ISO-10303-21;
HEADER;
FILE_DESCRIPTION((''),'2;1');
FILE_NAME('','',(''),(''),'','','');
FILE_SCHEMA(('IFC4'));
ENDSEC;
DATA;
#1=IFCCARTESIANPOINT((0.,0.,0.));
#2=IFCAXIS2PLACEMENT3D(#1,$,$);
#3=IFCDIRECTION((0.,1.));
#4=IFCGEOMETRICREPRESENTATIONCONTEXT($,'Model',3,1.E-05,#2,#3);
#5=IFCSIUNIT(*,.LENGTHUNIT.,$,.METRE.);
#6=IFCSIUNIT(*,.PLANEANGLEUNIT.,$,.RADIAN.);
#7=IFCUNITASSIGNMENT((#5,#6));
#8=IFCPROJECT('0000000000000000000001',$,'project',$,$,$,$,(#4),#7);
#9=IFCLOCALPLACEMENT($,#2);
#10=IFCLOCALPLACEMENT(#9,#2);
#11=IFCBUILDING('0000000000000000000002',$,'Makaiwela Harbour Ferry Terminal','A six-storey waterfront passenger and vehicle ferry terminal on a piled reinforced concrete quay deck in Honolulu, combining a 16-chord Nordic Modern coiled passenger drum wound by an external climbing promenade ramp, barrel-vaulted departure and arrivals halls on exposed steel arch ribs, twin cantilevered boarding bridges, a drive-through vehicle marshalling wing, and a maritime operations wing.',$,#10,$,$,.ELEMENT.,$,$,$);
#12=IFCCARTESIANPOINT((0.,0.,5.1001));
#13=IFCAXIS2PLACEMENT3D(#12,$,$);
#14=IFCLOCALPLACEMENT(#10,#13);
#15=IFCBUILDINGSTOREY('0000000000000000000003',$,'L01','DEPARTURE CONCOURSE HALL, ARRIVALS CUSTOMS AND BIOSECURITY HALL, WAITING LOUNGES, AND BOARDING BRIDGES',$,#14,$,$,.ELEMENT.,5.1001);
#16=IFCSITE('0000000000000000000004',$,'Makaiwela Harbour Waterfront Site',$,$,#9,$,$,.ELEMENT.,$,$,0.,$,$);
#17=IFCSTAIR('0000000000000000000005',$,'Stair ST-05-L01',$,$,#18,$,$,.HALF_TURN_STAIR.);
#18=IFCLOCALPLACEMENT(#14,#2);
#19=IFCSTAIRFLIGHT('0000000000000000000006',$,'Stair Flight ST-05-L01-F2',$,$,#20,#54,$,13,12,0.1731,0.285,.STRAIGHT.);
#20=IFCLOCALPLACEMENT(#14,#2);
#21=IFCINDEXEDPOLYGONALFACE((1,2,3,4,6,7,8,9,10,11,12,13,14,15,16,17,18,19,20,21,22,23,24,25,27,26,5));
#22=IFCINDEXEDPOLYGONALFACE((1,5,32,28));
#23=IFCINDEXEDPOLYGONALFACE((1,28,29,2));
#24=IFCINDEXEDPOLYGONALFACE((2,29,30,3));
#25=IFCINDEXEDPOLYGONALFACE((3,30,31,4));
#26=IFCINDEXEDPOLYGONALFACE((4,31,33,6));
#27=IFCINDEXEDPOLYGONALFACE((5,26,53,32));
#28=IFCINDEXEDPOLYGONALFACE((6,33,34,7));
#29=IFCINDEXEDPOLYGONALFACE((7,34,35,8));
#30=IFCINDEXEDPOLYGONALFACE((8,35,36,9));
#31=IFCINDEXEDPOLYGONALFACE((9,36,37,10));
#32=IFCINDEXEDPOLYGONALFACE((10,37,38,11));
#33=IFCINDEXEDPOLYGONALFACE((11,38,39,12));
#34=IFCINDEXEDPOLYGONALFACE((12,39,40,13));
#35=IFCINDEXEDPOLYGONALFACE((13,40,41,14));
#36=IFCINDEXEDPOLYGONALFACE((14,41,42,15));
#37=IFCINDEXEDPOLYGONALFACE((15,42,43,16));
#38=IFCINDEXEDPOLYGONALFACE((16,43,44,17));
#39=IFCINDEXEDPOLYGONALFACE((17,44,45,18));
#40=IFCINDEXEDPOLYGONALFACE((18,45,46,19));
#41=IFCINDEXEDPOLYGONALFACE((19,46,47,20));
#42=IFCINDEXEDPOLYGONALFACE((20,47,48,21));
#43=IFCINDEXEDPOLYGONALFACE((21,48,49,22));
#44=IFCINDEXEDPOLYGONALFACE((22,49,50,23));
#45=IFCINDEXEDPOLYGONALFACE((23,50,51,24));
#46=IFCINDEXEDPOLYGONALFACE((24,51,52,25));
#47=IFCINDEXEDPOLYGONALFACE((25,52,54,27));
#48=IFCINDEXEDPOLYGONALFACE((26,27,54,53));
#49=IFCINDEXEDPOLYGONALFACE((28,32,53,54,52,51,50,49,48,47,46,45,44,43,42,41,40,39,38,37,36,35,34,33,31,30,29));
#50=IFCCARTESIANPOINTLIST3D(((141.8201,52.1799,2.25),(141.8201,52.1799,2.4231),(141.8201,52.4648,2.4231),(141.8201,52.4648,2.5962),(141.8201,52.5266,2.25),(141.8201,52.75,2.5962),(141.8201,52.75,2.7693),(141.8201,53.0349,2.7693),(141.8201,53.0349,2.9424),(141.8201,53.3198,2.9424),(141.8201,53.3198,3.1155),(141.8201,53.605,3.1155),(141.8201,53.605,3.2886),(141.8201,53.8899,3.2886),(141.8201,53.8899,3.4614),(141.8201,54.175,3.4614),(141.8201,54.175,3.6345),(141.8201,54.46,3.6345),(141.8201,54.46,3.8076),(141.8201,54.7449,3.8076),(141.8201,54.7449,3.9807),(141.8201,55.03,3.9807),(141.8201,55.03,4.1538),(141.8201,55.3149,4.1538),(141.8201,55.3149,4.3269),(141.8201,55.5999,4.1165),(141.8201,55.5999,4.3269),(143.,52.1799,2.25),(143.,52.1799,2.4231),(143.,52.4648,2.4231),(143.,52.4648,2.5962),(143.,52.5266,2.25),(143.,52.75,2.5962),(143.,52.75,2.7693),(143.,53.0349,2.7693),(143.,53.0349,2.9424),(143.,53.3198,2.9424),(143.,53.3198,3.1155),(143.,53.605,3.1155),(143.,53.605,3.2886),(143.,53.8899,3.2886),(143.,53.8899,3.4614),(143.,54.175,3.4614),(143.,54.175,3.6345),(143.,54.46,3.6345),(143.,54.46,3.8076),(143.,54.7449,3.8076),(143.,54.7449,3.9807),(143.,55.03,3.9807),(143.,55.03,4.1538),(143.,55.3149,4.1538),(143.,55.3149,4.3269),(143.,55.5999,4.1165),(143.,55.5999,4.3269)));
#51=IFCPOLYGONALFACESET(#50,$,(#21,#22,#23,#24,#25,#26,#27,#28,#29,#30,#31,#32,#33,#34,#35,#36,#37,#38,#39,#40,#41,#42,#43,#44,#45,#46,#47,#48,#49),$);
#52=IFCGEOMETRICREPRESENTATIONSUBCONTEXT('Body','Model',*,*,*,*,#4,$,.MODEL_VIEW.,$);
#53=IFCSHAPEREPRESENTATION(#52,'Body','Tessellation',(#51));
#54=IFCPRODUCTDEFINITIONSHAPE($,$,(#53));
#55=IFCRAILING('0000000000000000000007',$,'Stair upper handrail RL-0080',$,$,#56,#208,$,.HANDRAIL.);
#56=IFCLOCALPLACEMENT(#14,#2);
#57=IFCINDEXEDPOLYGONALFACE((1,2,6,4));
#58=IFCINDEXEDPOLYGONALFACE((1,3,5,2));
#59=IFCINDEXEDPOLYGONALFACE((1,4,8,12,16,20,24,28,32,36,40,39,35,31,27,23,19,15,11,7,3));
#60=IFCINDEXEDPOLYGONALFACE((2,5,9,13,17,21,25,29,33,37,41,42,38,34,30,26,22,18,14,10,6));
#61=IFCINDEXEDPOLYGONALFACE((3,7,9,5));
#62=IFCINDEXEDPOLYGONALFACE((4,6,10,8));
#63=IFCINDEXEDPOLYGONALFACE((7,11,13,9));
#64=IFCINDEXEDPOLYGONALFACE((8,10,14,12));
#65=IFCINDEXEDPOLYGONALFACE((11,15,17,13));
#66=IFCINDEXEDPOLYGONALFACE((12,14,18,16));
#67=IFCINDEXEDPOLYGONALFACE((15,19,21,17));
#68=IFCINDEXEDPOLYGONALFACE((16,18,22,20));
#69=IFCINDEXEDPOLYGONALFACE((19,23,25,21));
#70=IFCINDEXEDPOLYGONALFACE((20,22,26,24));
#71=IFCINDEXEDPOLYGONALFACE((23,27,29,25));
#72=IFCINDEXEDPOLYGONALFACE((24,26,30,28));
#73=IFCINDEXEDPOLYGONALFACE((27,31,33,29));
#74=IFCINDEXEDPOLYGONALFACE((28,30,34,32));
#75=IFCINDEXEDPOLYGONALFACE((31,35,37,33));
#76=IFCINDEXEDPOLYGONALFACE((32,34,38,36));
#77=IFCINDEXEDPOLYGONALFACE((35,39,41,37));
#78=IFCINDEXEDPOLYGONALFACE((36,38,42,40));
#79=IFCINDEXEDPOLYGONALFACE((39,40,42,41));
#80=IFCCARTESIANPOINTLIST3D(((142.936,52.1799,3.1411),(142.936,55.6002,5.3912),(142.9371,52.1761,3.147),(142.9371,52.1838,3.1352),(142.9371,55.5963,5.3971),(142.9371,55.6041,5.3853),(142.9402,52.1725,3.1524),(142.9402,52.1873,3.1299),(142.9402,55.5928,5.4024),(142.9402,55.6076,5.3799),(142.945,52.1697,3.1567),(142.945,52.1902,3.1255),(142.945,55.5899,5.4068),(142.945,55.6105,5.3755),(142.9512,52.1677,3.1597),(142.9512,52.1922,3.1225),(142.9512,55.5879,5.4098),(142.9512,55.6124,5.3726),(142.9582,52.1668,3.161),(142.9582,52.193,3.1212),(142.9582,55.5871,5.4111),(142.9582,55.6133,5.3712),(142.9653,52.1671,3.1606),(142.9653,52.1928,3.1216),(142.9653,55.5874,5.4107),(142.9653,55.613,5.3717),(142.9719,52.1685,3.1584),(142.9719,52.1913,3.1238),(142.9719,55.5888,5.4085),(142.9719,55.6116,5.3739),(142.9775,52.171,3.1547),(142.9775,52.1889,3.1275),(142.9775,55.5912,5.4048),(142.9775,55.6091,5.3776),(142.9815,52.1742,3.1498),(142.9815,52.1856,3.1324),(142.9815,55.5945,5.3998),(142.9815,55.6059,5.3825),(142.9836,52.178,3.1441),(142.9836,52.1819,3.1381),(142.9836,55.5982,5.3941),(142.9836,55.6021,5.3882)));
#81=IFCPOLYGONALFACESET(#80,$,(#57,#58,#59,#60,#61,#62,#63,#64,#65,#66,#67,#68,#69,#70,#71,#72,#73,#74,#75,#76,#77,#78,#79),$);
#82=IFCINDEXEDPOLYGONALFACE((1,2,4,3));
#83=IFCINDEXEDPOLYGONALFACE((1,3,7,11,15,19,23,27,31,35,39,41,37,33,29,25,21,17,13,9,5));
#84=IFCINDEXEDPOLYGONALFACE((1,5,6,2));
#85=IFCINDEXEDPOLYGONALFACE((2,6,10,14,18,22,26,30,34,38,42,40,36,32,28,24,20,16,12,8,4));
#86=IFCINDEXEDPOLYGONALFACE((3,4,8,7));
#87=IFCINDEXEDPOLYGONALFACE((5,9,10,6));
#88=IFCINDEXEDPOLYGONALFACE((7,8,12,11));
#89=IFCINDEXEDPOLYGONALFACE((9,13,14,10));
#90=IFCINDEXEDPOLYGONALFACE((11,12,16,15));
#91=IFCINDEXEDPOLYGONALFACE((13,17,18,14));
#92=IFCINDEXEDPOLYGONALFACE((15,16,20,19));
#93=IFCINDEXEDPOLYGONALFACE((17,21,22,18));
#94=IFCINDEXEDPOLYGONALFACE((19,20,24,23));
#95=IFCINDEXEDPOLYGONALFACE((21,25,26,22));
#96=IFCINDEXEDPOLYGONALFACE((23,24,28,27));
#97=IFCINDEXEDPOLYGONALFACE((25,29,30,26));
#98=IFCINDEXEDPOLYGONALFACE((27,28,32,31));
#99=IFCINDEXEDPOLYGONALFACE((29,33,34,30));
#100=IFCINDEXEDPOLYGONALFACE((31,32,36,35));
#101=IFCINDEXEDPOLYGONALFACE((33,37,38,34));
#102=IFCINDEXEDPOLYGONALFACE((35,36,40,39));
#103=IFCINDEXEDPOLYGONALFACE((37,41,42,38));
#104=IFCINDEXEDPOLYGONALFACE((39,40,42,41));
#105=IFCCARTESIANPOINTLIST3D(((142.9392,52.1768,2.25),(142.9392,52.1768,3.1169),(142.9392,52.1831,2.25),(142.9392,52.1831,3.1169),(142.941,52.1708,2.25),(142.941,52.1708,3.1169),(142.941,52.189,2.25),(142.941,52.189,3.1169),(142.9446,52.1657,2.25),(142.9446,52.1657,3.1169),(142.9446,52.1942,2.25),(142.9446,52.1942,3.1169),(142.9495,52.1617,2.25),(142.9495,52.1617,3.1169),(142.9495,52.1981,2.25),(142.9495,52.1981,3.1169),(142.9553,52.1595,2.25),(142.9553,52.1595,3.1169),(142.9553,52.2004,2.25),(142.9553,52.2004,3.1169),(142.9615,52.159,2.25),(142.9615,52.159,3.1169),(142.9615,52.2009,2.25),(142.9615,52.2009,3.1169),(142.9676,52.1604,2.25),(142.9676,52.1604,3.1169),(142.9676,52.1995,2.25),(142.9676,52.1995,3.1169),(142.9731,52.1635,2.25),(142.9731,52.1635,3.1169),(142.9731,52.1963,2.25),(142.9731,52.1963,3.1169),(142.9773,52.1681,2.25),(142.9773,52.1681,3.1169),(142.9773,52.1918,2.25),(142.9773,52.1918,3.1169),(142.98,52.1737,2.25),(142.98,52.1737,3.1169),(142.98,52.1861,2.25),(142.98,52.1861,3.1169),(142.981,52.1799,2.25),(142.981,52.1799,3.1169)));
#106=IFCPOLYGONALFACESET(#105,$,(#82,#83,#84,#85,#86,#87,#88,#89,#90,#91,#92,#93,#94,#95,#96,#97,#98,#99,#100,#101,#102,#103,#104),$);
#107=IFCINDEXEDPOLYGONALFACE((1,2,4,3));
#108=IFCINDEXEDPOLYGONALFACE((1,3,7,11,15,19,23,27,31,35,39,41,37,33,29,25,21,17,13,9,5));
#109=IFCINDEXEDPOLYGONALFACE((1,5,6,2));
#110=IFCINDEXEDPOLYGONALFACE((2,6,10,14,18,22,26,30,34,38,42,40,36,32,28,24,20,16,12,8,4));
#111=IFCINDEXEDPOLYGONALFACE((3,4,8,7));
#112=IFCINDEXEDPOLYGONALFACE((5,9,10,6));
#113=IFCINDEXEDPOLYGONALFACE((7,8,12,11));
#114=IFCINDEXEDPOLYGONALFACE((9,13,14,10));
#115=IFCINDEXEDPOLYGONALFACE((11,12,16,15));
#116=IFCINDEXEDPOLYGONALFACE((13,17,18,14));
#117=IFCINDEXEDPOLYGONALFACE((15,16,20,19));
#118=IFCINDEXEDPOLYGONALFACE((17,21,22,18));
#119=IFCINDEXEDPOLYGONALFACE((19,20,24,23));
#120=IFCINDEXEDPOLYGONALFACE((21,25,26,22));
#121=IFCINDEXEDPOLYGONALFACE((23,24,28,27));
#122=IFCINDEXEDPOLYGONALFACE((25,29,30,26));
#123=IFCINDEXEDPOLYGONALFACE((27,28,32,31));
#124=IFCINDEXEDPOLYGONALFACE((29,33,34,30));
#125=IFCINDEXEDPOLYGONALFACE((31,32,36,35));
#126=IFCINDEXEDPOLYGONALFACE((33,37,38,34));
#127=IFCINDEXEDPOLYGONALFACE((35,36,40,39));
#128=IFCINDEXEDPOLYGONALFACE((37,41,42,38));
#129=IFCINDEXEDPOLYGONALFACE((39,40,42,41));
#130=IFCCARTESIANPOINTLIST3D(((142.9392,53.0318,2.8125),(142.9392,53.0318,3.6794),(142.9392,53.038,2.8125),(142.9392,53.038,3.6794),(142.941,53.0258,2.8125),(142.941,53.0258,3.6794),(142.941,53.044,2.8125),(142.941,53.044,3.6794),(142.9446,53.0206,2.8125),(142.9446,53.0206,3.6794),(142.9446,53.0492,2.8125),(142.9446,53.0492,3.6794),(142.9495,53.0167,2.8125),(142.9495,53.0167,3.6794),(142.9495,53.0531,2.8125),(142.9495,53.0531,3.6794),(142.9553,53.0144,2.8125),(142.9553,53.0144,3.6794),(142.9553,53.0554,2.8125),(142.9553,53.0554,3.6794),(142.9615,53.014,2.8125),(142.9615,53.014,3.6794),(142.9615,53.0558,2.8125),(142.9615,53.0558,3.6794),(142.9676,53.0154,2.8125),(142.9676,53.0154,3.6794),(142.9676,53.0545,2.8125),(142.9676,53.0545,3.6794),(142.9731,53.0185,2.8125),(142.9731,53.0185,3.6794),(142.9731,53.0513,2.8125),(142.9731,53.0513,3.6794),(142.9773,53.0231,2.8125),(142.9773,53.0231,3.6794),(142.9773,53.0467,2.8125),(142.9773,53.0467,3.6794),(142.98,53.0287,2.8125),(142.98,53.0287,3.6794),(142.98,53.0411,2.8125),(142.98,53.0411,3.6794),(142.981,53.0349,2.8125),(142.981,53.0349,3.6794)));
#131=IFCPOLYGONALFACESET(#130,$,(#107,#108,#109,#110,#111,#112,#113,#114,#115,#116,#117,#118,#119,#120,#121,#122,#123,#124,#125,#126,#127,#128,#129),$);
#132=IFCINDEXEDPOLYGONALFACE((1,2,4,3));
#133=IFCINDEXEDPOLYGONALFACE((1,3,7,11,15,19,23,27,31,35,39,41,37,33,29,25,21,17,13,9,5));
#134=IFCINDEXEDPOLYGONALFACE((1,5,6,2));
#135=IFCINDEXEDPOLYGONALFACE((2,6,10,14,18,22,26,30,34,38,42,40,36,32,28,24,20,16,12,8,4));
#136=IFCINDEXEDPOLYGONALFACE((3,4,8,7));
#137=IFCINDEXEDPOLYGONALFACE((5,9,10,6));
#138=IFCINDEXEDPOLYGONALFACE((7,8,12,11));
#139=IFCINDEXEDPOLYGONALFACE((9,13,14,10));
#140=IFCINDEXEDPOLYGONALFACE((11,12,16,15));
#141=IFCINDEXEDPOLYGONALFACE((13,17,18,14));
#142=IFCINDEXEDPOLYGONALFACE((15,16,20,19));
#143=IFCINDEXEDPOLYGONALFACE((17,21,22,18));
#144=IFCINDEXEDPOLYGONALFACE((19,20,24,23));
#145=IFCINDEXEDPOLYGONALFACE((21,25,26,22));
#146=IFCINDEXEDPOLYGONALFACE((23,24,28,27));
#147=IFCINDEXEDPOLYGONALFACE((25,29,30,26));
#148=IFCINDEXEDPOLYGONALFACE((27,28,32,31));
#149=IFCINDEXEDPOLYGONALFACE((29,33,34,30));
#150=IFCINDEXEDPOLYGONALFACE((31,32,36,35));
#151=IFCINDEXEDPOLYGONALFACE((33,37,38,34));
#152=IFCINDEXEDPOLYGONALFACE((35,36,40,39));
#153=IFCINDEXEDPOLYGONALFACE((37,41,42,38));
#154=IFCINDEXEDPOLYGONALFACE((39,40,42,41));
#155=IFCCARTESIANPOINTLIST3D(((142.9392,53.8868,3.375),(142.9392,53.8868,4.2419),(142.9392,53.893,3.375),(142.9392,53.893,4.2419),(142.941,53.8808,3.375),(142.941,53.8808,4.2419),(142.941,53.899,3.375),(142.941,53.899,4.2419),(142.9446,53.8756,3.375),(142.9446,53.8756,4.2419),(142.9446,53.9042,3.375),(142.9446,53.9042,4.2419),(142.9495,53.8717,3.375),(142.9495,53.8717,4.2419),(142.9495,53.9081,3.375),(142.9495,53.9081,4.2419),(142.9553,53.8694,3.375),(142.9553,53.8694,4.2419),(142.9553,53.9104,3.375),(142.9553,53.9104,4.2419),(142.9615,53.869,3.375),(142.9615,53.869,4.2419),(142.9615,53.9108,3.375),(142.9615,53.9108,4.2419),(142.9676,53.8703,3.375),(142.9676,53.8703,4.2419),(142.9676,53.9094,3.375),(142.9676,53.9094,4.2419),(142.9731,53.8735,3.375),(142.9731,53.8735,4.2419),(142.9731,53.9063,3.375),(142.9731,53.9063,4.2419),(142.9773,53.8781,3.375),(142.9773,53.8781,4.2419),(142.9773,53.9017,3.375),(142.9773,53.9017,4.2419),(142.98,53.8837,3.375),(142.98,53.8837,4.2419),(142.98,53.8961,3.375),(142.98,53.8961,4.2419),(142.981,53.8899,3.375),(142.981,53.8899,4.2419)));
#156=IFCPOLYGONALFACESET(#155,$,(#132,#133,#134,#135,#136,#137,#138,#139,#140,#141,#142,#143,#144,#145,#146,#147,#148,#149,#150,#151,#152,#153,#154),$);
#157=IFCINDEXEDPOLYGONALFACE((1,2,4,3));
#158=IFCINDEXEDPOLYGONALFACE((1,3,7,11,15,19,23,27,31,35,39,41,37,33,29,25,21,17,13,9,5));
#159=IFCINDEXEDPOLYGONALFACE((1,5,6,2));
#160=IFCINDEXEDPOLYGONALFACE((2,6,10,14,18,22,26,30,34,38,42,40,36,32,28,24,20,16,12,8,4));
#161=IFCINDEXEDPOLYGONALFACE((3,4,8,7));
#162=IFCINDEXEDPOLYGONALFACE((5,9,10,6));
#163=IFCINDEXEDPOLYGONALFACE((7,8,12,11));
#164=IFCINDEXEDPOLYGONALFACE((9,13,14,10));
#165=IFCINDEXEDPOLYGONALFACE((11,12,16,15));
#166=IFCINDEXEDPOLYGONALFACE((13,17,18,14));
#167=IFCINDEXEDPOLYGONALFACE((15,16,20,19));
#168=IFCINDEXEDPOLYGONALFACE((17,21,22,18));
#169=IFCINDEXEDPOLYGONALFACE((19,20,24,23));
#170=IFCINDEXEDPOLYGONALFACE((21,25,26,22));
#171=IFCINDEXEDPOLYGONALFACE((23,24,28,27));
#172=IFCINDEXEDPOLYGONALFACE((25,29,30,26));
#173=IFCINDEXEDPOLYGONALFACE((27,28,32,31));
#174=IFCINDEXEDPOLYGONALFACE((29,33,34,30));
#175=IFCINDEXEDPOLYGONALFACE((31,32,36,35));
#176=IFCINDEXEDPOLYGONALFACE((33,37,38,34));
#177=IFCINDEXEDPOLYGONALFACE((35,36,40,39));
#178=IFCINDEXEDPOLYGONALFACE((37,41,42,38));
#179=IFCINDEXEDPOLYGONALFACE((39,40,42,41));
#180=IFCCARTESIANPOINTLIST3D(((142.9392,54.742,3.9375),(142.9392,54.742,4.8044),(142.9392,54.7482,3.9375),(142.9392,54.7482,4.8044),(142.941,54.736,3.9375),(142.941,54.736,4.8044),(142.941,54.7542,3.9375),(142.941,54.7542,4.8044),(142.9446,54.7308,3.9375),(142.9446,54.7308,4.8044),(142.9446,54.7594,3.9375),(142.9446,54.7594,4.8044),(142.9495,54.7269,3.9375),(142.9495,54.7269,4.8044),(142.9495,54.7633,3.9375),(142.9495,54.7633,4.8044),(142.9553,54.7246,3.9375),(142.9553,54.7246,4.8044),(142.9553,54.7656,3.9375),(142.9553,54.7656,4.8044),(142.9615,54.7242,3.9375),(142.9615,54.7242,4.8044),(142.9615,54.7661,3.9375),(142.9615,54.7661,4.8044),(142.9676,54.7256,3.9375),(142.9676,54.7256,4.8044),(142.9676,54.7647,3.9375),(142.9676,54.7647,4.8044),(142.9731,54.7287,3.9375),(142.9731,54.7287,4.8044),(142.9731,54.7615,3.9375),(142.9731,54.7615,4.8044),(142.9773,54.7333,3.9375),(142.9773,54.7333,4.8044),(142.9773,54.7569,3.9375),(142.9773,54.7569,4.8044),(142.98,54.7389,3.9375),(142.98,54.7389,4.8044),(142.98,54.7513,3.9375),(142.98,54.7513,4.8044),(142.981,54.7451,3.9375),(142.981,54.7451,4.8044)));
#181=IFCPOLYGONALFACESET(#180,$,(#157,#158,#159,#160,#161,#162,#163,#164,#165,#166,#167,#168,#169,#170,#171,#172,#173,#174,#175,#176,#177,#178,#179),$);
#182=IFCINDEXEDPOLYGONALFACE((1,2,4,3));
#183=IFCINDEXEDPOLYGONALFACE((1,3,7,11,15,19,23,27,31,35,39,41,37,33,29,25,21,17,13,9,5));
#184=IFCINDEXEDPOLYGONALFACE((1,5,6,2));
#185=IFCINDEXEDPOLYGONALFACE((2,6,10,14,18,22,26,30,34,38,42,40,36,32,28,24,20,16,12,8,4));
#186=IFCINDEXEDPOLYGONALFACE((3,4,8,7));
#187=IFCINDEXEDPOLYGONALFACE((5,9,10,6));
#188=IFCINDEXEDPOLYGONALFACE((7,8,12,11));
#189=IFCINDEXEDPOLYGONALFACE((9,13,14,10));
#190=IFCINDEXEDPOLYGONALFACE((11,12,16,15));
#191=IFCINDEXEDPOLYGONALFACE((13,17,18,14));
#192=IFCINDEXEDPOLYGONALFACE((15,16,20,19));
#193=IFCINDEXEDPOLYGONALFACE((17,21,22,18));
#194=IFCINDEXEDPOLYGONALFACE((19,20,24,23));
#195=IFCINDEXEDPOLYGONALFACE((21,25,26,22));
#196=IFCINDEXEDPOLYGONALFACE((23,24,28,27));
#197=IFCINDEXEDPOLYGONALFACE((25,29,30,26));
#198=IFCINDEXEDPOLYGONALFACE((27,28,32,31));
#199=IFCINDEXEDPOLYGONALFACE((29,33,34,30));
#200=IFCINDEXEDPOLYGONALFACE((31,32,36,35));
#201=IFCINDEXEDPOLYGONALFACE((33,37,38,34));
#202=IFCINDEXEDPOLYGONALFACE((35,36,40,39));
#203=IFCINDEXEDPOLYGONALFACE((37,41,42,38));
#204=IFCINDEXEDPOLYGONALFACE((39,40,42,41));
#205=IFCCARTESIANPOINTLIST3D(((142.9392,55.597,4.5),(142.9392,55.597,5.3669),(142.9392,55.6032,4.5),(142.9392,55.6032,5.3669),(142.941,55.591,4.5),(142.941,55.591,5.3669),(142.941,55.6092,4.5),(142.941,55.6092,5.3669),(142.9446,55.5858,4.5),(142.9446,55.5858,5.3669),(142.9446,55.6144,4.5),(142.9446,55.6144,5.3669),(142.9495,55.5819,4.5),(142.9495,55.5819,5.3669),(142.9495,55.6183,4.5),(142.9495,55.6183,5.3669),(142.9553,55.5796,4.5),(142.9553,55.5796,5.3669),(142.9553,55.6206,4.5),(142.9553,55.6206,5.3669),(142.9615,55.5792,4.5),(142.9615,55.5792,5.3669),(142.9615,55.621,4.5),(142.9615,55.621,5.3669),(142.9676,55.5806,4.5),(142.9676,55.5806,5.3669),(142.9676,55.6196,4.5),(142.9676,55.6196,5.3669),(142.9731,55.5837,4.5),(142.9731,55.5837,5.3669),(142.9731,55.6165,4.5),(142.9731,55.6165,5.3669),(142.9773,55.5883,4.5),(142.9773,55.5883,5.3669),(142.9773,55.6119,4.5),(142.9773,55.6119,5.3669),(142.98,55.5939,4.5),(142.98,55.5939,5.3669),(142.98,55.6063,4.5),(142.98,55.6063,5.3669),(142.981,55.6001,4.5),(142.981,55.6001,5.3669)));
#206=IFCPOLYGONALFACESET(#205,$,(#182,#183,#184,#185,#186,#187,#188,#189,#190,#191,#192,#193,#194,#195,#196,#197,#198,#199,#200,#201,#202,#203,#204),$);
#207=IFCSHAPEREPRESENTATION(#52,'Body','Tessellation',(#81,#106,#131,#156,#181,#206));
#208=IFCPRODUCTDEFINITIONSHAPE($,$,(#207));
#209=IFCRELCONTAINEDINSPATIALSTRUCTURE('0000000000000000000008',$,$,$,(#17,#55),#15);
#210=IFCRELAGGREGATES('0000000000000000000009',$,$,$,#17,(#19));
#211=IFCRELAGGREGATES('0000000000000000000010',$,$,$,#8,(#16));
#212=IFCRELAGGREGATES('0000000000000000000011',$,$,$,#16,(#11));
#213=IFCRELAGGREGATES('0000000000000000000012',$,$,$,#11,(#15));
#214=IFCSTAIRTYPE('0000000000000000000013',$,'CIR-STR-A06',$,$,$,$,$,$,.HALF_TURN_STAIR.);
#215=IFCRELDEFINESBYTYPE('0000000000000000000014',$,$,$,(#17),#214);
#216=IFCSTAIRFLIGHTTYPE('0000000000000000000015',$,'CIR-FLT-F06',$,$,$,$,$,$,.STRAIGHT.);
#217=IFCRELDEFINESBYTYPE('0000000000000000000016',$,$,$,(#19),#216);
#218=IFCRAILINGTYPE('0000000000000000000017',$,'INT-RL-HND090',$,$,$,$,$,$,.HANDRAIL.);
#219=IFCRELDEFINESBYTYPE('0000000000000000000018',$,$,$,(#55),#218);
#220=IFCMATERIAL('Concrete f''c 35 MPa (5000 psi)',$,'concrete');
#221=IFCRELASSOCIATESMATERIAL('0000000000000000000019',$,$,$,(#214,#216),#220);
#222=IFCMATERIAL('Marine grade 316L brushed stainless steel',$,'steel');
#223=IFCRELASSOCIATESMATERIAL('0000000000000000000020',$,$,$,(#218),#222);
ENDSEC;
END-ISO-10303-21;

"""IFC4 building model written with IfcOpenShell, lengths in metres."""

from ifc_helpers import new_model, si_unit, direction, frame, origin, origin_2d, place, context, subcontext, project, spatial, polyline, circle, outline, extrude, material, type_object, element, aggregate, save


model = new_model("IFC4")

# Units and contexts
model_context = context("Model", 3, precision=1e-05, world=origin(), true_north=direction((0.0, 1.0)))
body_context = subcontext(model_context, "Body", "Model", "MODEL_VIEW")
ifc_project = project(units=[si_unit("LENGTHUNIT", "METRE"), si_unit("PLANEANGLEUNIT", "RADIAN")], contexts=[model_context])

# Site, building, storey
site_placement = place(None, origin())
site = spatial("IfcSite", under=ifc_project, at=site_placement, Name="Makaiwela Harbour Waterfront Site", CompositionType="ELEMENT", RefElevation=0.0)
building_placement = place(site_placement, origin())
building = spatial("IfcBuilding", under=site, at=building_placement, Name="Makaiwela Harbour Ferry Terminal", Description="A six-storey waterfront passenger and vehicle ferry terminal on a piled reinforced concrete quay deck in Honolulu, combining a 16-chord Nordic Modern coiled passenger drum wound by an external climbing promenade ramp, barrel-vaulted departure and arrivals halls on exposed steel arch ribs, twin cantilevered boarding bridges, a drive-through vehicle marshalling wing, and a maritime operations wing.", CompositionType="ELEMENT")
storey_placement = place(building_placement, frame((0.0, 0.0, 5.1001)))
storey = spatial("IfcBuildingStorey", under=building, at=storey_placement, Name="L01", Description="DEPARTURE CONCOURSE HALL, ARRIVALS CUSTOMS AND BIOSECURITY HALL, WAITING LOUNGES, AND BOARDING BRIDGES", CompositionType="ELEMENT", Elevation=5.1001)

# Stair, stair flight
ifc_material_1 = material(Name="Concrete f'c 35 MPa (5000 psi)", Category="concrete")
stair_type = type_object("IfcStairType", Name="CIR-STR-A06", PredefinedType="HALF_TURN_STAIR", material=ifc_material_1)
stair_placement = place(storey_placement, origin())
stair = element("IfcStair", 1, at=stair_placement, inside=storey, type_object=stair_type, Name="Stair ST-05-L01", PredefinedType="HALF_TURN_STAIR")
stair_flight_type = type_object("IfcStairFlightType", Name="CIR-FLT-F06", PredefinedType="STRAIGHT", material=ifc_material_1)
stair_flight_placement = place(storey_placement, frame((142.4099, 52.1799, 2.25), z_axis=(0.0, 0.0, 1.0), x_axis=(0.0, 1.0, 0.0)))
stair_flight = element("IfcStairFlight", 2, at=stair_flight_placement, type_object=stair_flight_type, Name="Stair Flight ST-05-L01-F2", NumberOfRisers=13, NumberOfTreads=12, PredefinedType="STRAIGHT", RiserHeight=0.1731, TreadLength=0.285, context=body_context, shape_type="SweptSolid", body=[
    extrude(outline(polyline([(0.0, 0.0), (0.0, 0.1731), (0.2849, 0.1731), (0.2849, 0.3462), (0.5701, 0.3462), (0.5701, 0.5193), (0.855, 0.5193), (0.855, 0.6924), (1.1399, 0.6924), (1.1399, 0.8655), (1.425, 0.8655), (1.425, 1.0386), (1.71, 1.0386), (1.71, 1.2114), (1.9951, 1.2114), (1.9951, 1.3845), (2.28, 1.3845), (2.28, 1.5576), (2.5649, 1.5576), (2.5649, 1.7307), (2.8501, 1.7307), (2.8501, 1.9038), (3.135, 1.9038), (3.135, 2.0769), (3.4199, 2.0769), (3.4199, 2.25), (3.4199, 1.8665), (0.3467, 0.0), (0.0, 0.0)])), frame((0.0, 0.5898, 0.0), z_axis=(0.0, -1.0, 0.0), x_axis=(1.0, 0.0, 0.0)), (0.0, 0.0, 1.0), 1.1799),
])
aggregate(stair, [stair_flight])

# Railing
ifc_material_2 = material(Name="Marine grade 316L brushed stainless steel", Category="steel")
railing_type = type_object("IfcRailingType", Name="INT-RL-HND090", PredefinedType="HANDRAIL", material=ifc_material_2)
railing_placement = place(storey_placement, frame((142.96, 52.1799, 2.25)))
element("IfcRailing", 3, at=railing_placement, inside=storey, type_object=railing_type, Name="Stair upper handrail RL-0080", PredefinedType="HANDRAIL", context=body_context, shape_type="SweptSolid", body=[
    extrude(circle(Radius=0.0239, at=origin_2d()), frame((0.0, 0.0, 0.8911), z_axis=(0.0, 0.835429, 0.549598), x_axis=(-1.0, 0.0, 0.0)), (0.0, 0.0, 1.0), 4.094),
    extrude(circle(Radius=0.021, at=origin_2d()), origin(), (0.0, 0.0, 1.0), 0.8669),
    extrude(circle(Radius=0.021, at=origin_2d()), frame((0.0, 0.855, 0.5625)), (0.0, 0.0, 1.0), 0.8669),
    extrude(circle(Radius=0.021, at=origin_2d()), frame((0.0, 1.71, 1.125)), (0.0, 0.0, 1.0), 0.8669),
    extrude(circle(Radius=0.021, at=origin_2d()), frame((0.0, 2.5652, 1.6875)), (0.0, 0.0, 1.0), 0.8669),
    extrude(circle(Radius=0.021, at=origin_2d()), frame((0.0, 3.4202, 2.25)), (0.0, 0.0, 1.0), 0.8669),
])

save(model, "model.ifc")
